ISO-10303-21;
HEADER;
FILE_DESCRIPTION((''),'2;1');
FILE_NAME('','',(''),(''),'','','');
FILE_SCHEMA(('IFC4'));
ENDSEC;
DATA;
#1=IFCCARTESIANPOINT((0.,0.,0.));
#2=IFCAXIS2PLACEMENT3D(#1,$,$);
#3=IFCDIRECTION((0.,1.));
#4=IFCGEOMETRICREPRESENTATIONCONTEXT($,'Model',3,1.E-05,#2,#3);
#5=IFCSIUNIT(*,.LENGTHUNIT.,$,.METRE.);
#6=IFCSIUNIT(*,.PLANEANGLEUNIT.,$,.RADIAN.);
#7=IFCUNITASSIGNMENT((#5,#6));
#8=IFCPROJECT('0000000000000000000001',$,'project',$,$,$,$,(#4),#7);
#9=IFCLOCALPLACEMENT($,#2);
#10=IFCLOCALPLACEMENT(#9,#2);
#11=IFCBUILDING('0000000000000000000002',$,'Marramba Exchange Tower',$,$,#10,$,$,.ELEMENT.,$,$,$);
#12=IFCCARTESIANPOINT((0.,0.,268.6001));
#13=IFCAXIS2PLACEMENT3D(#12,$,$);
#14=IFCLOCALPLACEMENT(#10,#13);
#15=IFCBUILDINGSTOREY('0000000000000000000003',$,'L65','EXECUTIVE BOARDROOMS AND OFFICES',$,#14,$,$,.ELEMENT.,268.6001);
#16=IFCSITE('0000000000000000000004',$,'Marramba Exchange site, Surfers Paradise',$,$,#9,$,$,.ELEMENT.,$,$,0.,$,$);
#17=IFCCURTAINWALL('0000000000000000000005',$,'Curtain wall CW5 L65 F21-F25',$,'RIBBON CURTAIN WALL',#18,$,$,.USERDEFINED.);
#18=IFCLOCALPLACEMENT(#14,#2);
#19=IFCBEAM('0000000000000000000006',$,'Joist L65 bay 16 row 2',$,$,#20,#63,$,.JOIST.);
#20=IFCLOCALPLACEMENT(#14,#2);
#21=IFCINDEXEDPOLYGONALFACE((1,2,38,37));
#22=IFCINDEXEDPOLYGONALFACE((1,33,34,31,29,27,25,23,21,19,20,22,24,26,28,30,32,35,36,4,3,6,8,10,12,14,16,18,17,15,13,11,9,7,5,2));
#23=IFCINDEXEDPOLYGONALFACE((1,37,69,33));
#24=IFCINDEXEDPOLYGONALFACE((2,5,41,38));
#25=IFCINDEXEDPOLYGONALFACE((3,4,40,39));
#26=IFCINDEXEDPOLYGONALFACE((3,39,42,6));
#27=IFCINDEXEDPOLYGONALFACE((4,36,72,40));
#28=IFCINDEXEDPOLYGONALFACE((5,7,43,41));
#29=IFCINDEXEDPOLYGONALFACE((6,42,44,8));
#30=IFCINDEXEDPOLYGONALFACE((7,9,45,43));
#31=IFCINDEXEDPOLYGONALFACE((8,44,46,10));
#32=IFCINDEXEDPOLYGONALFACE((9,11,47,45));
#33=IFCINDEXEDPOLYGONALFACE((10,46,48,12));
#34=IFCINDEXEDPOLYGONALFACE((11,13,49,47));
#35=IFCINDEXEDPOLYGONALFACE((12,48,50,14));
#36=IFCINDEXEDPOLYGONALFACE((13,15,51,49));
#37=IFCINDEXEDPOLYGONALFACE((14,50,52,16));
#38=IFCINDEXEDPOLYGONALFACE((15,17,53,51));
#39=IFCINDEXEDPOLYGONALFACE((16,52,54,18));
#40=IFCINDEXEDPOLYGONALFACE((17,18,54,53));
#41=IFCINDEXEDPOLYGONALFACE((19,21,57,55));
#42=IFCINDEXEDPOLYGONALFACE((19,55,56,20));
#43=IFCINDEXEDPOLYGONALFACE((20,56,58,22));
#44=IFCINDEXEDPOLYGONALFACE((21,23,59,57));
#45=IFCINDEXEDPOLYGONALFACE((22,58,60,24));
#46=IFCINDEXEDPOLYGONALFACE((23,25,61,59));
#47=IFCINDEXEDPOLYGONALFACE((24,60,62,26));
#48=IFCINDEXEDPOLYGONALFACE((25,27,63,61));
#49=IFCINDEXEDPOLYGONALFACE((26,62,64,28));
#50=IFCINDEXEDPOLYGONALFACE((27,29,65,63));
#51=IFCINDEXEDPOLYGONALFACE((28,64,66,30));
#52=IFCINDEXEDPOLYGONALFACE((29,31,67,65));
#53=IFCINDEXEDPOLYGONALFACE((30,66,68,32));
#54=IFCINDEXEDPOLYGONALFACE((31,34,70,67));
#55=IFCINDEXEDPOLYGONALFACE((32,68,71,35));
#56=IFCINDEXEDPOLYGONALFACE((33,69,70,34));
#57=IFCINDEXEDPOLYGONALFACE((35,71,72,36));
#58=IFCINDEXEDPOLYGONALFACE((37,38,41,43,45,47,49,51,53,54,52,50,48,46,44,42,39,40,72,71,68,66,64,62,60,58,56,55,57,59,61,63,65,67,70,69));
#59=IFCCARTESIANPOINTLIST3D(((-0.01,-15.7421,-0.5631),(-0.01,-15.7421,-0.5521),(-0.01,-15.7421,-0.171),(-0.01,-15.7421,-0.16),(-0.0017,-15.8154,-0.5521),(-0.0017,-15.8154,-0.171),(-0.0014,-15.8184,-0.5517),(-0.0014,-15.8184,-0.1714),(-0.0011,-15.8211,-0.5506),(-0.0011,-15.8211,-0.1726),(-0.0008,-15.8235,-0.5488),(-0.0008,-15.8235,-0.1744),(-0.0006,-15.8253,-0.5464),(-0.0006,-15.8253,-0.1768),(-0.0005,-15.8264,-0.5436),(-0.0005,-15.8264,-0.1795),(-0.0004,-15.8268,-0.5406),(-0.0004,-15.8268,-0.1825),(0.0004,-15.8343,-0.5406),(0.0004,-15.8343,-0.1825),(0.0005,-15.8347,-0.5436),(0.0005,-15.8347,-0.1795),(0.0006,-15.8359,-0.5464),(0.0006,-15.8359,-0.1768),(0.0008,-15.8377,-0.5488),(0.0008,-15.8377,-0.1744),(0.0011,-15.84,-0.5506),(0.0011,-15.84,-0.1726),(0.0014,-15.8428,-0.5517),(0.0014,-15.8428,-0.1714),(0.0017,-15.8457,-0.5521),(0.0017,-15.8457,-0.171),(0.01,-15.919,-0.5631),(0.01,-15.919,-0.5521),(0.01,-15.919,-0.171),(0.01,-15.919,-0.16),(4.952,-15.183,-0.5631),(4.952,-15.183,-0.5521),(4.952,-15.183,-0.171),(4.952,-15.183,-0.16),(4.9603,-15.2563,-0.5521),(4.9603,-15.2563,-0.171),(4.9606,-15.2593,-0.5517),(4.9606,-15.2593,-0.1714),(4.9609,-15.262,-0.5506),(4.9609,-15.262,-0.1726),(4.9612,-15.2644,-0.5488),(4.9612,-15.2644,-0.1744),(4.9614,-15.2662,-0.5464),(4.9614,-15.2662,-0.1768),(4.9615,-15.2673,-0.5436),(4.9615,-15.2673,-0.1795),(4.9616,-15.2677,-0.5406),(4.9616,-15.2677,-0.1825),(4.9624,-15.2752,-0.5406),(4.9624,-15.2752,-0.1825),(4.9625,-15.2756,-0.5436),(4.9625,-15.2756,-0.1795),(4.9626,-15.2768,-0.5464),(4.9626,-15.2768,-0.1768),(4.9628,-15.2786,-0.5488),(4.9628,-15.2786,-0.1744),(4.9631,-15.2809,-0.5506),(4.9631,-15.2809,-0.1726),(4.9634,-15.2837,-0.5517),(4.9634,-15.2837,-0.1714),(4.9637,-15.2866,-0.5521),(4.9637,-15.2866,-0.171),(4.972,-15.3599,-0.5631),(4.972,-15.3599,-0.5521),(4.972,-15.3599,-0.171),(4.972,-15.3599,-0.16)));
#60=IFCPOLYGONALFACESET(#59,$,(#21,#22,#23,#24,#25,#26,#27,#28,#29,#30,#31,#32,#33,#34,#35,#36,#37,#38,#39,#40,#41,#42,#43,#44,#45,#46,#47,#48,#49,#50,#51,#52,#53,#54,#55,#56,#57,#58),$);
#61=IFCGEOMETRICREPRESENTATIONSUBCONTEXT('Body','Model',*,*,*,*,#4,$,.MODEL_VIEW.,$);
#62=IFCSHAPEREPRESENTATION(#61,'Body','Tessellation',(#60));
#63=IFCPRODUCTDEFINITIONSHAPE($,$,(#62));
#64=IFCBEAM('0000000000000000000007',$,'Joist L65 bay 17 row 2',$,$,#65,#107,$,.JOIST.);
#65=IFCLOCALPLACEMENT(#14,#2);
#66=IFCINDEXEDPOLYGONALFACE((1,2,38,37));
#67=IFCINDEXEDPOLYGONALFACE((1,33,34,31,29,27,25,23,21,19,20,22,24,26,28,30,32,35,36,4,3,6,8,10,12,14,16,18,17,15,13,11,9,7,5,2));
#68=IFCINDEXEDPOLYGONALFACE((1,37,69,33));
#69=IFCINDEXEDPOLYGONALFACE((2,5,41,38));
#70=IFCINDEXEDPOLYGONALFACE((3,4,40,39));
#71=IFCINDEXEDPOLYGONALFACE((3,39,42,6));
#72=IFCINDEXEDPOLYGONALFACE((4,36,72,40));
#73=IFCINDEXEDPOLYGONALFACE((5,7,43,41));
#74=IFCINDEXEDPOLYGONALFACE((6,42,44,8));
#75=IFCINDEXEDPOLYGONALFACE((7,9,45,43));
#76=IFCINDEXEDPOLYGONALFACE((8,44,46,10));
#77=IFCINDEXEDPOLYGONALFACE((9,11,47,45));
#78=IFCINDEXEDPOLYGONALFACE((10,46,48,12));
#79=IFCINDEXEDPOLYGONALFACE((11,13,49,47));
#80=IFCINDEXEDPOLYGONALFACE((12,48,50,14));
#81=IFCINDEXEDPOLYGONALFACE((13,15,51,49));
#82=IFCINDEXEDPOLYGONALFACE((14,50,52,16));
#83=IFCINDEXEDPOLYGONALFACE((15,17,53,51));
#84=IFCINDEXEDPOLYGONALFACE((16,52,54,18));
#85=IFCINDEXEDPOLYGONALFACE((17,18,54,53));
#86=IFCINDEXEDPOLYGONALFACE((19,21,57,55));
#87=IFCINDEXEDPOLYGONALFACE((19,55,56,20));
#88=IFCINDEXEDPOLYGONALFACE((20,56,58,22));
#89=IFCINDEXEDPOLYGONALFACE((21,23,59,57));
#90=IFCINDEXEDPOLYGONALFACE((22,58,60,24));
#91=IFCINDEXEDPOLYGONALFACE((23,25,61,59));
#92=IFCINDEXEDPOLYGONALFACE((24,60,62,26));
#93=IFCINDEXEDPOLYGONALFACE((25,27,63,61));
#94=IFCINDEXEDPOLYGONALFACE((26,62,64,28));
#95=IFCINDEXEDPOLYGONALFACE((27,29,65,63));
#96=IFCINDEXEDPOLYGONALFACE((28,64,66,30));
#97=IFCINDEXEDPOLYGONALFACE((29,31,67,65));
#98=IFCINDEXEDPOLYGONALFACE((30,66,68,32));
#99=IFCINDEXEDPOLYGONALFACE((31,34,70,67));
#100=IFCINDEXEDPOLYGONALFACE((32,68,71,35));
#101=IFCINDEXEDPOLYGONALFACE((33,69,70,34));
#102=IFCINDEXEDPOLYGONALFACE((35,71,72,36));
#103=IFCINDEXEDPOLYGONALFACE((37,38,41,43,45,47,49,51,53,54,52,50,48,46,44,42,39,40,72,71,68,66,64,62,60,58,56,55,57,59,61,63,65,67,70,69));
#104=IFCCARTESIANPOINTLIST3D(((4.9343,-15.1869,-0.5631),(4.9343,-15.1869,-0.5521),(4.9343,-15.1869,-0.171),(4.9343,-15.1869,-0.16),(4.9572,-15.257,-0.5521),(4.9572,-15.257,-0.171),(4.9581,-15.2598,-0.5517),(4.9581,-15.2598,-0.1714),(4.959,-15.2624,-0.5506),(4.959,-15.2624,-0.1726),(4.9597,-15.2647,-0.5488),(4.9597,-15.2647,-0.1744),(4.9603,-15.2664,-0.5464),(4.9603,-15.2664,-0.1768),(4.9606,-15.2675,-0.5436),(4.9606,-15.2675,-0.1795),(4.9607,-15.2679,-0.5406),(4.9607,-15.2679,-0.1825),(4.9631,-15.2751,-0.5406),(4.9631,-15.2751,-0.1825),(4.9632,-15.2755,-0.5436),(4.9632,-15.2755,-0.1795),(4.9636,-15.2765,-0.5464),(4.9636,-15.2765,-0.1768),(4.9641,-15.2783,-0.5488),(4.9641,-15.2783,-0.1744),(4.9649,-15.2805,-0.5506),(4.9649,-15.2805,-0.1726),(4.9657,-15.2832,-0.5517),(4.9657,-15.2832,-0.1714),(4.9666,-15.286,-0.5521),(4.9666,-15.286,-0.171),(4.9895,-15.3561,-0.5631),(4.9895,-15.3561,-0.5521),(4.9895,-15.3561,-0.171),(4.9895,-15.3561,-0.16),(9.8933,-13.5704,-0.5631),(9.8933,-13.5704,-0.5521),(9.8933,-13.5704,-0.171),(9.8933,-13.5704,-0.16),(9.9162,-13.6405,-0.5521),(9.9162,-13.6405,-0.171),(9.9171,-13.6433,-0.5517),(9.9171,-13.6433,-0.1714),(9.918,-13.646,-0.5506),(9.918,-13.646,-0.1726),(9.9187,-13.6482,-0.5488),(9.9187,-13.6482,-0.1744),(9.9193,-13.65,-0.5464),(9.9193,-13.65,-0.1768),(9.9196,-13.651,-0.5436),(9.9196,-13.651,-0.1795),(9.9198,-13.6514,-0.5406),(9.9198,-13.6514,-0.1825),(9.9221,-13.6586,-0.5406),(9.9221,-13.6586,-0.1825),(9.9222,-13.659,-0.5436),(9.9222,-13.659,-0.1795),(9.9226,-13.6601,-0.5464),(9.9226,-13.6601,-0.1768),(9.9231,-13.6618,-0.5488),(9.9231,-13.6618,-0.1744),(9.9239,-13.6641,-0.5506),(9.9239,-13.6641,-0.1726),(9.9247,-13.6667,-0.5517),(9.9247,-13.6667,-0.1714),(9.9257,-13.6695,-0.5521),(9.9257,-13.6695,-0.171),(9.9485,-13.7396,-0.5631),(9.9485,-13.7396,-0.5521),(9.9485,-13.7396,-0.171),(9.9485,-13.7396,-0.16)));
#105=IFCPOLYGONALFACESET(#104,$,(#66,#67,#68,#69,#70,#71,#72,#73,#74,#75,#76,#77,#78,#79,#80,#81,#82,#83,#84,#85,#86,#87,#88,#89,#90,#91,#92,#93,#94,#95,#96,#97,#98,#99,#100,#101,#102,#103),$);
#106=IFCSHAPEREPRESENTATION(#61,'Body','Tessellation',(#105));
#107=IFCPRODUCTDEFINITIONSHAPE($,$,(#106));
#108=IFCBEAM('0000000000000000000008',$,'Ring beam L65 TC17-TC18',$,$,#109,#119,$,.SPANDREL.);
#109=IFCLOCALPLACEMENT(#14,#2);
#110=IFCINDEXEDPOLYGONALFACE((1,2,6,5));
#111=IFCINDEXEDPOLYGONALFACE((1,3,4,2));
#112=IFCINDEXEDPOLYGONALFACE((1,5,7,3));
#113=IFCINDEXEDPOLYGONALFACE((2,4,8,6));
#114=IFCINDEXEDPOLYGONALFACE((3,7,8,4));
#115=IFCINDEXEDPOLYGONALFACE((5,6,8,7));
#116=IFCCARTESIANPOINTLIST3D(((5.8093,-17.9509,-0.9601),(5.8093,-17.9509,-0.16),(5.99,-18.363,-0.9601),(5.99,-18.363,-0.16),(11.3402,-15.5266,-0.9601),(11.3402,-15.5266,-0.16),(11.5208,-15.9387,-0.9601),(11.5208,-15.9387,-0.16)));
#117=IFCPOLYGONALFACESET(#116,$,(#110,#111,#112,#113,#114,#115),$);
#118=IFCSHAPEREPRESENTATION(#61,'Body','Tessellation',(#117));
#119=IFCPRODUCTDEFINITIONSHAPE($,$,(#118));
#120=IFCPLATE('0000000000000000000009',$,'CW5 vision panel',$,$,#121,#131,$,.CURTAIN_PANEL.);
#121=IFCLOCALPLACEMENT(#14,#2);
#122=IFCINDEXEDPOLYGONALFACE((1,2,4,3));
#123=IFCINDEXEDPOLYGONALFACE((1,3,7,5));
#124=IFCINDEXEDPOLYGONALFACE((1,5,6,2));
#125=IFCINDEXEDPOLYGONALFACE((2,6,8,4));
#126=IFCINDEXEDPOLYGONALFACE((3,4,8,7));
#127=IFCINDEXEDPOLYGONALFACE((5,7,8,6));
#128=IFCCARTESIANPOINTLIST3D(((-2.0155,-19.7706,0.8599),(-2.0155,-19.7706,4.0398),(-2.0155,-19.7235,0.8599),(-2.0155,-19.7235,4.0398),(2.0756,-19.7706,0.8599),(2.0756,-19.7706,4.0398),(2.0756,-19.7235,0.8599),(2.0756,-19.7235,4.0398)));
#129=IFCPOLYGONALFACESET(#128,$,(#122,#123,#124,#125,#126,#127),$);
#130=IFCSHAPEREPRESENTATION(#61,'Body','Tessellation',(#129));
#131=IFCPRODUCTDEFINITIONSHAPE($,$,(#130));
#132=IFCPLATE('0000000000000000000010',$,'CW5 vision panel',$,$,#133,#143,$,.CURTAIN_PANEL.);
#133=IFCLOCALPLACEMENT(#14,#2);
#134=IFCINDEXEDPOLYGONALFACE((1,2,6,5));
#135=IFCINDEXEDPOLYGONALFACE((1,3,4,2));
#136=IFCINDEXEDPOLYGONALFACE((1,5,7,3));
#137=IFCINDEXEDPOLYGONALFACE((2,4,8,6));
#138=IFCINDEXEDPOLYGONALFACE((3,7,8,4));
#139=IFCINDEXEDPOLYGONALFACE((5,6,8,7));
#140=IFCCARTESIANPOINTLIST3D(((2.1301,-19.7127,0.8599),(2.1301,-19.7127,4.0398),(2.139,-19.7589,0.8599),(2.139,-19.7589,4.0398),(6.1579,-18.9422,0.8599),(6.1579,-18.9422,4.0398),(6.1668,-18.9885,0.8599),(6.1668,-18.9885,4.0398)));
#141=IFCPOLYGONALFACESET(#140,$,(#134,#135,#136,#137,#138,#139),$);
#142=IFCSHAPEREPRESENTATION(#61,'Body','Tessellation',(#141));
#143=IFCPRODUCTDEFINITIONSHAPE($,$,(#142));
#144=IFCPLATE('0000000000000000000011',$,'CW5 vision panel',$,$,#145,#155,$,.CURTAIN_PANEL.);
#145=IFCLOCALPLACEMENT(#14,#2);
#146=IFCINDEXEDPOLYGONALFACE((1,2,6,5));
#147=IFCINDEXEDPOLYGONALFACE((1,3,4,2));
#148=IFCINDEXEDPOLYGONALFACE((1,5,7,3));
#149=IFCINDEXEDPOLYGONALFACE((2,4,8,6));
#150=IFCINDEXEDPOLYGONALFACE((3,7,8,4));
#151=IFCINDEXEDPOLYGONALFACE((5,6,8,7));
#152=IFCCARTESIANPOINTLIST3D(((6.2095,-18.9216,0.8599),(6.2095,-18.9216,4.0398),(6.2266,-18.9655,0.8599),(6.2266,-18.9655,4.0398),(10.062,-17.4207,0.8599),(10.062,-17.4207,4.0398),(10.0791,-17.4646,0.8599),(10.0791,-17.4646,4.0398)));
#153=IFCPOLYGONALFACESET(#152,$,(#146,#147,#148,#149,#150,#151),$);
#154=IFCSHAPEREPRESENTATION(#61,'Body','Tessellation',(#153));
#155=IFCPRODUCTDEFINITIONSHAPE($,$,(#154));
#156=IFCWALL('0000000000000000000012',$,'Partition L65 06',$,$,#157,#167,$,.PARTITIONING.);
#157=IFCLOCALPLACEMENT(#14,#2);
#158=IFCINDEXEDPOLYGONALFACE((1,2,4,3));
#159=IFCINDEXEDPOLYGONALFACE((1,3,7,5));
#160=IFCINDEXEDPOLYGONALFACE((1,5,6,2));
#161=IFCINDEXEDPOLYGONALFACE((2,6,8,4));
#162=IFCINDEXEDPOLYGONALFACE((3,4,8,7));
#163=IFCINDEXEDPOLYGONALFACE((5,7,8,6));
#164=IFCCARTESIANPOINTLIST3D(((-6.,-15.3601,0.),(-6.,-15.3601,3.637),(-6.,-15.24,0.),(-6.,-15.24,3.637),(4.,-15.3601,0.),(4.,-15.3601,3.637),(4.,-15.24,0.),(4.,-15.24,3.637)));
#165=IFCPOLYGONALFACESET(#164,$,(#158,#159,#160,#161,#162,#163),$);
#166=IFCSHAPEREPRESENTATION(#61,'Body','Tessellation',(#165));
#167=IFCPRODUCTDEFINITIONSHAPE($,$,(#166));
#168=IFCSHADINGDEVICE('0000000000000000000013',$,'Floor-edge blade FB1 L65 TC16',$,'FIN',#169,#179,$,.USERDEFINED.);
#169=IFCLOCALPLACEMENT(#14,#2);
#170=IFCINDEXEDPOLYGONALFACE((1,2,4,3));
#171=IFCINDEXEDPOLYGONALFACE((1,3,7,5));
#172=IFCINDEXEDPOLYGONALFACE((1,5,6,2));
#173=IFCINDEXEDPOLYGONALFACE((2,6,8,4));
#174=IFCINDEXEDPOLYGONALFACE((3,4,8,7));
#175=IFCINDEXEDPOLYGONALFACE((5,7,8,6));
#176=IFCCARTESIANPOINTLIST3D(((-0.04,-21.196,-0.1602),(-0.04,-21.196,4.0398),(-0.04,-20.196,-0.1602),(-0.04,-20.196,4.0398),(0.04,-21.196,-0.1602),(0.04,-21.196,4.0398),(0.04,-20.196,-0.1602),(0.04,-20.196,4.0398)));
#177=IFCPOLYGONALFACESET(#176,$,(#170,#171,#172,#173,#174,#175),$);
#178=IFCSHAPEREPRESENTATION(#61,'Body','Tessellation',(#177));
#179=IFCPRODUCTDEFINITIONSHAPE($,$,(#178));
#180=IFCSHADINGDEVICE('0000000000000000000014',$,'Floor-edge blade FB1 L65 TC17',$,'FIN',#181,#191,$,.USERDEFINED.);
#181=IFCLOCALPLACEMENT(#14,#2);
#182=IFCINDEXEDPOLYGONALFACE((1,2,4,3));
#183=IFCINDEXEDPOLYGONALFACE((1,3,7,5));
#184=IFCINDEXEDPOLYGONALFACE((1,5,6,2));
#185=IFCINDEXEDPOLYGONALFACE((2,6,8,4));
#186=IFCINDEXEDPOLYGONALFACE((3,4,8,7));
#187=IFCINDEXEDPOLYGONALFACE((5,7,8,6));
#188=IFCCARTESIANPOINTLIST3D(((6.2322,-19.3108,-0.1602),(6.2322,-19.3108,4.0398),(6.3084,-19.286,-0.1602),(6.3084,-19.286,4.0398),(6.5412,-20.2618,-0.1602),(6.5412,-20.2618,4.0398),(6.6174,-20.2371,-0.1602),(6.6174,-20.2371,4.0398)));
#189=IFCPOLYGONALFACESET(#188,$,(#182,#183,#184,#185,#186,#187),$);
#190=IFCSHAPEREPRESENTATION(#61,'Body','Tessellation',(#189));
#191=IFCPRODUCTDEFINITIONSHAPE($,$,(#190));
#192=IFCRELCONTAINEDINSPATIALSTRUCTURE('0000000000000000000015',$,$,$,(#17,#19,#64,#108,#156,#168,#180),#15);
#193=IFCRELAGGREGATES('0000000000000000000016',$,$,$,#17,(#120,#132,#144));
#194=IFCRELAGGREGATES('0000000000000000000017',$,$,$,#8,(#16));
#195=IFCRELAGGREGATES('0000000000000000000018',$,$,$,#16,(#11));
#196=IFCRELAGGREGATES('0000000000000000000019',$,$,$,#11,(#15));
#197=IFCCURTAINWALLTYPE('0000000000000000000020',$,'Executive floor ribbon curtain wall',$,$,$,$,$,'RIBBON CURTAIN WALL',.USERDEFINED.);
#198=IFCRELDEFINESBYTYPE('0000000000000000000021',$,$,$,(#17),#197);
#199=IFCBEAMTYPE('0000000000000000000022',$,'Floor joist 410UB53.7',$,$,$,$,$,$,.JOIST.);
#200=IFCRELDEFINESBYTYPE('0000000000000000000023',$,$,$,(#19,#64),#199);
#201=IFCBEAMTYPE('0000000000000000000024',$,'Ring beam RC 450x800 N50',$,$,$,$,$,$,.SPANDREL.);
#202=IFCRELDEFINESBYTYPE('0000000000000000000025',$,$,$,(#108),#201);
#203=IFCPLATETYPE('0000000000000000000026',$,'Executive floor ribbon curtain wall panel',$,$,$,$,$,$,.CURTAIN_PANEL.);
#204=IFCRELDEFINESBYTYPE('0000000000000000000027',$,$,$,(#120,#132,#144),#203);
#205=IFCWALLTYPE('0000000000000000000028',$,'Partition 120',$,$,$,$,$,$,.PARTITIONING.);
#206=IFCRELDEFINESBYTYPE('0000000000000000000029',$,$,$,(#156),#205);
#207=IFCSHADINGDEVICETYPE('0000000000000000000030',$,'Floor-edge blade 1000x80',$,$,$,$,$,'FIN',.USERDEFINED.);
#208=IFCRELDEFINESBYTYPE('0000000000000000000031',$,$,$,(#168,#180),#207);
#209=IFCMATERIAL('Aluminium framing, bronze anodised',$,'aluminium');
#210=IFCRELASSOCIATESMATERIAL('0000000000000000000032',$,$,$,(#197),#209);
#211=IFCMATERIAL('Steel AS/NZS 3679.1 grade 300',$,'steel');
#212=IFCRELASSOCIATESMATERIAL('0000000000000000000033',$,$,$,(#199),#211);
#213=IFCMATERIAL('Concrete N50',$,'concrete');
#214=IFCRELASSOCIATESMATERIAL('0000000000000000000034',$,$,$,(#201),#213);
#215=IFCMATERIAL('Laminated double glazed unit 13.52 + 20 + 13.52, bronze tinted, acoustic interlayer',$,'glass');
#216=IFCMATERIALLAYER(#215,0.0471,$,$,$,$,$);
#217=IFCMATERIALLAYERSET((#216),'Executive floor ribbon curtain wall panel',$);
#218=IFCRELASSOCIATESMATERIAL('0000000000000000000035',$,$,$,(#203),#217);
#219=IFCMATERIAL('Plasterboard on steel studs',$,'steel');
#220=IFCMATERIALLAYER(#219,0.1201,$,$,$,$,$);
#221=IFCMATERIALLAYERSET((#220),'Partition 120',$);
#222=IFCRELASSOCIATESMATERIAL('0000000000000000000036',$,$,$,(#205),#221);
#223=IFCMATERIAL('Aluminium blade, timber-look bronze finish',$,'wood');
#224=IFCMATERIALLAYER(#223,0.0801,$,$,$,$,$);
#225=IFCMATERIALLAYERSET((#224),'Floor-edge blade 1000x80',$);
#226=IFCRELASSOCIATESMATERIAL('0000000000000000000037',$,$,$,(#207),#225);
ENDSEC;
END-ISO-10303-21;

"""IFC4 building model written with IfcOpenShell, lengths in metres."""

from ifc_helpers import new_model, si_unit, direction, frame, frame_2d, origin, origin_2d, place, context, subcontext, project, spatial, rectangle, i_section, extrude, material, layer, layer_set, material_profile, profile_set, type_object, element, aggregate, save


model = new_model("IFC4")

# Units and contexts
model_context = context("Model", 3, precision=1e-05, world=origin(), true_north=direction((0.0, 1.0)))
body_context = subcontext(model_context, "Body", "Model", "MODEL_VIEW")
ifc_project = project(units=[si_unit("LENGTHUNIT", "METRE"), si_unit("PLANEANGLEUNIT", "RADIAN")], contexts=[model_context])

# Site, building, storey
site_placement = place(None, origin())
site = spatial("IfcSite", under=ifc_project, at=site_placement, Name="Marramba Exchange site, Surfers Paradise", CompositionType="ELEMENT", RefElevation=0.0)
building_placement = place(site_placement, origin())
building = spatial("IfcBuilding", under=site, at=building_placement, Name="Marramba Exchange Tower", CompositionType="ELEMENT")
storey_placement = place(building_placement, frame((0.0, 0.0, 268.6001)))
storey = spatial("IfcBuildingStorey", under=building, at=storey_placement, Name="L65", Description="EXECUTIVE BOARDROOMS AND OFFICES", CompositionType="ELEMENT", Elevation=268.6001)

# Shared definitions
ifc_material_1 = material(Name="Concrete N50", Category="concrete")

# Curtain wall
ifc_material_2 = material(Name="Aluminium framing, bronze anodised", Category="aluminium")
curtain_wall_type = type_object("IfcCurtainWallType", Name="Executive floor ribbon curtain wall", ElementType="RIBBON CURTAIN WALL", PredefinedType="USERDEFINED", material=ifc_material_2)
curtain_wall_placement = place(storey_placement, origin())
curtain_wall = element("IfcCurtainWall", 1, at=curtain_wall_placement, inside=storey, type_object=curtain_wall_type, Name="Curtain wall CW5 L65 F21-F25", ObjectType="RIBBON CURTAIN WALL", PredefinedType="USERDEFINED")

# Beams
ifc_material_3 = material(Name="Steel AS/NZS 3679.1 grade 300", Category="steel")
ifc_material_profile_1 = material_profile(ifc_material_3, i_section(OverallWidth=0.178, OverallDepth=0.4031, WebThickness=0.0076, FlangeThickness=0.011, FilletRadius=0.0115, at=origin_2d()), Name="410UB53.7")
ifc_profile_set_1 = profile_set([ifc_material_profile_1], Name="Steel AS/NZS 3679.1 grade 300")
beam_type_1 = type_object("IfcBeamType", Name="Floor joist 410UB53.7", PredefinedType="JOIST", material=ifc_profile_set_1)
beam_1_placement = place(storey_placement, frame((0.0, -15.8306, -0.3616), z_axis=(0.993712, 0.111966, 0.0), x_axis=(-0.111966, 0.993712, 0.0)))
element("IfcBeam", 2, at=beam_1_placement, inside=storey, type_object=beam_type_1, Name="Joist L65 bay 16 row 2", PredefinedType="JOIST", context=body_context, shape_type="SweptSolid", body=[
    extrude(i_section(OverallWidth=0.178, OverallDepth=0.4031, WebThickness=0.0076, FlangeThickness=0.011, FilletRadius=0.0115, at=origin_2d()), origin(), (0.0, 0.0, 1.0), 4.9934),
])
beam_2_placement = place(storey_placement, frame((4.9619, -15.2715, -0.3616), z_axis=(0.950764, 0.309916, 0.0), x_axis=(-0.309916, 0.950764, 0.0)))
element("IfcBeam", 3, at=beam_2_placement, inside=storey, type_object=beam_type_1, Name="Joist L65 bay 17 row 2", PredefinedType="JOIST", context=body_context, shape_type="SweptSolid", body=[
    extrude(i_section(OverallWidth=0.178, OverallDepth=0.4031, WebThickness=0.0076, FlangeThickness=0.011, FilletRadius=0.0115, at=origin_2d()), origin(), (0.0, 0.0, 1.0), 5.2158),
])
ifc_material_profile_2 = material_profile(ifc_material_1, rectangle(XDim=0.45, YDim=0.8, at=origin_2d()), Name="RC 450x800")
ifc_profile_set_2 = profile_set([ifc_material_profile_2], Name="Concrete N50")
beam_type_2 = type_object("IfcBeamType", Name="Ring beam RC 450x800 N50", PredefinedType="SPANDREL", material=ifc_profile_set_2)
beam_3_placement = place(storey_placement, frame((5.8997, -18.157, -0.5601), z_axis=(0.915877, 0.401459, 0.0), x_axis=(-0.401459, 0.915877, 0.0)))
element("IfcBeam", 4, at=beam_3_placement, inside=storey, type_object=beam_type_2, Name="Ring beam L65 TC17-TC18", PredefinedType="SPANDREL", context=body_context, shape_type="SweptSolid", body=[
    extrude(rectangle(XDim=0.45, YDim=0.8, at=origin_2d()), origin(), (0.0, 0.0, 1.0), 6.0388),
])

# Plates
ifc_material_4 = material(Name="Laminated double glazed unit 13.52 + 20 + 13.52, bronze tinted, acoustic interlayer", Category="glass")
ifc_layer_1 = layer(ifc_material_4, 0.0471)
ifc_layer_set_1 = layer_set([ifc_layer_1], Name="Executive floor ribbon curtain wall panel")
plate_type = type_object("IfcPlateType", Name="Executive floor ribbon curtain wall panel", PredefinedType="CURTAIN_PANEL", material=ifc_layer_set_1)
plate_1_placement = place(storey_placement, frame((0.03, -19.7471, 0.8599), z_axis=(0.0, 0.0, 1.0), x_axis=(1.0, 0.0, 0.0)))
plate_1 = element("IfcPlate", 5, at=plate_1_placement, type_object=plate_type, Name="CW5 vision panel", PredefinedType="CURTAIN_PANEL", context=body_context, shape_type="SweptSolid", body=[
    extrude(rectangle(XDim=4.0911, YDim=0.0471, at=origin_2d()), origin(), (0.0, 0.0, 1.0), 3.1799),
])
plate_2_placement = place(storey_placement, frame((4.1484, -19.3506, 0.8599), z_axis=(0.0, 0.0, 1.0), x_axis=(0.982193, 0.187873, 0.0)))
plate_2 = element("IfcPlate", 6, at=plate_2_placement, type_object=plate_type, Name="CW5 vision panel", PredefinedType="CURTAIN_PANEL", context=body_context, shape_type="SweptSolid", body=[
    extrude(rectangle(XDim=4.1008, YDim=0.0471, at=origin_2d()), origin(), (0.0, 0.0, 1.0), 3.1799),
])
plate_3_placement = place(storey_placement, frame((8.1443, -18.1931, 0.8599), z_axis=(0.0, 0.0, 1.0), x_axis=(0.931785, 0.36301, 0.0)))
plate_3 = element("IfcPlate", 7, at=plate_3_placement, type_object=plate_type, Name="CW5 vision panel", PredefinedType="CURTAIN_PANEL", context=body_context, shape_type="SweptSolid", body=[
    extrude(rectangle(XDim=4.1345, YDim=0.0471, at=origin_2d()), origin(), (0.0, 0.0, 1.0), 3.1799),
])
aggregate(curtain_wall, [plate_1, plate_2, plate_3])

# Wall
ifc_material_5 = material(Name="Plasterboard on steel studs", Category="steel")
ifc_layer_2 = layer(ifc_material_5, 0.1201)
ifc_layer_set_2 = layer_set([ifc_layer_2], Name="Partition 120")
wall_type = type_object("IfcWallType", Name="Partition 120", PredefinedType="PARTITIONING", material=ifc_layer_set_2)
wall_placement = place(storey_placement, frame((4.0, -15.3, 0.0), z_axis=(0.0, 0.0, 1.0), x_axis=(-1.0, 0.0, 0.0)))
element("IfcWall", 8, at=wall_placement, inside=storey, type_object=wall_type, Name="Partition L65 06", PredefinedType="PARTITIONING", context=body_context, shape_type="SweptSolid", body=[
    extrude(rectangle(XDim=10.0, YDim=0.1201, at=frame_2d((5.0, 0.0))), origin(), (0.0, 0.0, 1.0), 3.637),
])

# Shading devices
ifc_material_6 = material(Name="Aluminium blade, timber-look bronze finish", Category="wood")
ifc_layer_3 = layer(ifc_material_6, 0.0801)
ifc_layer_set_3 = layer_set([ifc_layer_3], Name="Floor-edge blade 1000x80")
shading_device_type_1 = type_object("IfcShadingDeviceType", Name="Floor-edge blade 1000x80", ElementType="FIN", PredefinedType="USERDEFINED", material=ifc_layer_set_3)
for number, where, z_axis, x_axis, name in (
    (9, (0.0, -20.696, -0.1602), (0.0, 0.0, 1.0), (0.0, -1.0, 0.0), "Floor-edge blade FB1 L65 TC16"),
    (10, (6.4248, -19.7739, -0.1602), (0.0, 0.0, 1.0), (0.309017, -0.951057, 0.0), "Floor-edge blade FB1 L65 TC17"),
):
    element("IfcShadingDevice", number, at=place(storey_placement, frame(where, z_axis=z_axis, x_axis=x_axis)), inside=storey, type_object=shading_device_type_1, Name=name, ObjectType="FIN", PredefinedType="USERDEFINED", context=body_context, shape_type="SweptSolid", body=[
        extrude(rectangle(XDim=1.0, YDim=0.0801, at=origin_2d()), origin(), (0.0, 0.0, 1.0), 4.2),
    ])

save(model, "model.ifc")
